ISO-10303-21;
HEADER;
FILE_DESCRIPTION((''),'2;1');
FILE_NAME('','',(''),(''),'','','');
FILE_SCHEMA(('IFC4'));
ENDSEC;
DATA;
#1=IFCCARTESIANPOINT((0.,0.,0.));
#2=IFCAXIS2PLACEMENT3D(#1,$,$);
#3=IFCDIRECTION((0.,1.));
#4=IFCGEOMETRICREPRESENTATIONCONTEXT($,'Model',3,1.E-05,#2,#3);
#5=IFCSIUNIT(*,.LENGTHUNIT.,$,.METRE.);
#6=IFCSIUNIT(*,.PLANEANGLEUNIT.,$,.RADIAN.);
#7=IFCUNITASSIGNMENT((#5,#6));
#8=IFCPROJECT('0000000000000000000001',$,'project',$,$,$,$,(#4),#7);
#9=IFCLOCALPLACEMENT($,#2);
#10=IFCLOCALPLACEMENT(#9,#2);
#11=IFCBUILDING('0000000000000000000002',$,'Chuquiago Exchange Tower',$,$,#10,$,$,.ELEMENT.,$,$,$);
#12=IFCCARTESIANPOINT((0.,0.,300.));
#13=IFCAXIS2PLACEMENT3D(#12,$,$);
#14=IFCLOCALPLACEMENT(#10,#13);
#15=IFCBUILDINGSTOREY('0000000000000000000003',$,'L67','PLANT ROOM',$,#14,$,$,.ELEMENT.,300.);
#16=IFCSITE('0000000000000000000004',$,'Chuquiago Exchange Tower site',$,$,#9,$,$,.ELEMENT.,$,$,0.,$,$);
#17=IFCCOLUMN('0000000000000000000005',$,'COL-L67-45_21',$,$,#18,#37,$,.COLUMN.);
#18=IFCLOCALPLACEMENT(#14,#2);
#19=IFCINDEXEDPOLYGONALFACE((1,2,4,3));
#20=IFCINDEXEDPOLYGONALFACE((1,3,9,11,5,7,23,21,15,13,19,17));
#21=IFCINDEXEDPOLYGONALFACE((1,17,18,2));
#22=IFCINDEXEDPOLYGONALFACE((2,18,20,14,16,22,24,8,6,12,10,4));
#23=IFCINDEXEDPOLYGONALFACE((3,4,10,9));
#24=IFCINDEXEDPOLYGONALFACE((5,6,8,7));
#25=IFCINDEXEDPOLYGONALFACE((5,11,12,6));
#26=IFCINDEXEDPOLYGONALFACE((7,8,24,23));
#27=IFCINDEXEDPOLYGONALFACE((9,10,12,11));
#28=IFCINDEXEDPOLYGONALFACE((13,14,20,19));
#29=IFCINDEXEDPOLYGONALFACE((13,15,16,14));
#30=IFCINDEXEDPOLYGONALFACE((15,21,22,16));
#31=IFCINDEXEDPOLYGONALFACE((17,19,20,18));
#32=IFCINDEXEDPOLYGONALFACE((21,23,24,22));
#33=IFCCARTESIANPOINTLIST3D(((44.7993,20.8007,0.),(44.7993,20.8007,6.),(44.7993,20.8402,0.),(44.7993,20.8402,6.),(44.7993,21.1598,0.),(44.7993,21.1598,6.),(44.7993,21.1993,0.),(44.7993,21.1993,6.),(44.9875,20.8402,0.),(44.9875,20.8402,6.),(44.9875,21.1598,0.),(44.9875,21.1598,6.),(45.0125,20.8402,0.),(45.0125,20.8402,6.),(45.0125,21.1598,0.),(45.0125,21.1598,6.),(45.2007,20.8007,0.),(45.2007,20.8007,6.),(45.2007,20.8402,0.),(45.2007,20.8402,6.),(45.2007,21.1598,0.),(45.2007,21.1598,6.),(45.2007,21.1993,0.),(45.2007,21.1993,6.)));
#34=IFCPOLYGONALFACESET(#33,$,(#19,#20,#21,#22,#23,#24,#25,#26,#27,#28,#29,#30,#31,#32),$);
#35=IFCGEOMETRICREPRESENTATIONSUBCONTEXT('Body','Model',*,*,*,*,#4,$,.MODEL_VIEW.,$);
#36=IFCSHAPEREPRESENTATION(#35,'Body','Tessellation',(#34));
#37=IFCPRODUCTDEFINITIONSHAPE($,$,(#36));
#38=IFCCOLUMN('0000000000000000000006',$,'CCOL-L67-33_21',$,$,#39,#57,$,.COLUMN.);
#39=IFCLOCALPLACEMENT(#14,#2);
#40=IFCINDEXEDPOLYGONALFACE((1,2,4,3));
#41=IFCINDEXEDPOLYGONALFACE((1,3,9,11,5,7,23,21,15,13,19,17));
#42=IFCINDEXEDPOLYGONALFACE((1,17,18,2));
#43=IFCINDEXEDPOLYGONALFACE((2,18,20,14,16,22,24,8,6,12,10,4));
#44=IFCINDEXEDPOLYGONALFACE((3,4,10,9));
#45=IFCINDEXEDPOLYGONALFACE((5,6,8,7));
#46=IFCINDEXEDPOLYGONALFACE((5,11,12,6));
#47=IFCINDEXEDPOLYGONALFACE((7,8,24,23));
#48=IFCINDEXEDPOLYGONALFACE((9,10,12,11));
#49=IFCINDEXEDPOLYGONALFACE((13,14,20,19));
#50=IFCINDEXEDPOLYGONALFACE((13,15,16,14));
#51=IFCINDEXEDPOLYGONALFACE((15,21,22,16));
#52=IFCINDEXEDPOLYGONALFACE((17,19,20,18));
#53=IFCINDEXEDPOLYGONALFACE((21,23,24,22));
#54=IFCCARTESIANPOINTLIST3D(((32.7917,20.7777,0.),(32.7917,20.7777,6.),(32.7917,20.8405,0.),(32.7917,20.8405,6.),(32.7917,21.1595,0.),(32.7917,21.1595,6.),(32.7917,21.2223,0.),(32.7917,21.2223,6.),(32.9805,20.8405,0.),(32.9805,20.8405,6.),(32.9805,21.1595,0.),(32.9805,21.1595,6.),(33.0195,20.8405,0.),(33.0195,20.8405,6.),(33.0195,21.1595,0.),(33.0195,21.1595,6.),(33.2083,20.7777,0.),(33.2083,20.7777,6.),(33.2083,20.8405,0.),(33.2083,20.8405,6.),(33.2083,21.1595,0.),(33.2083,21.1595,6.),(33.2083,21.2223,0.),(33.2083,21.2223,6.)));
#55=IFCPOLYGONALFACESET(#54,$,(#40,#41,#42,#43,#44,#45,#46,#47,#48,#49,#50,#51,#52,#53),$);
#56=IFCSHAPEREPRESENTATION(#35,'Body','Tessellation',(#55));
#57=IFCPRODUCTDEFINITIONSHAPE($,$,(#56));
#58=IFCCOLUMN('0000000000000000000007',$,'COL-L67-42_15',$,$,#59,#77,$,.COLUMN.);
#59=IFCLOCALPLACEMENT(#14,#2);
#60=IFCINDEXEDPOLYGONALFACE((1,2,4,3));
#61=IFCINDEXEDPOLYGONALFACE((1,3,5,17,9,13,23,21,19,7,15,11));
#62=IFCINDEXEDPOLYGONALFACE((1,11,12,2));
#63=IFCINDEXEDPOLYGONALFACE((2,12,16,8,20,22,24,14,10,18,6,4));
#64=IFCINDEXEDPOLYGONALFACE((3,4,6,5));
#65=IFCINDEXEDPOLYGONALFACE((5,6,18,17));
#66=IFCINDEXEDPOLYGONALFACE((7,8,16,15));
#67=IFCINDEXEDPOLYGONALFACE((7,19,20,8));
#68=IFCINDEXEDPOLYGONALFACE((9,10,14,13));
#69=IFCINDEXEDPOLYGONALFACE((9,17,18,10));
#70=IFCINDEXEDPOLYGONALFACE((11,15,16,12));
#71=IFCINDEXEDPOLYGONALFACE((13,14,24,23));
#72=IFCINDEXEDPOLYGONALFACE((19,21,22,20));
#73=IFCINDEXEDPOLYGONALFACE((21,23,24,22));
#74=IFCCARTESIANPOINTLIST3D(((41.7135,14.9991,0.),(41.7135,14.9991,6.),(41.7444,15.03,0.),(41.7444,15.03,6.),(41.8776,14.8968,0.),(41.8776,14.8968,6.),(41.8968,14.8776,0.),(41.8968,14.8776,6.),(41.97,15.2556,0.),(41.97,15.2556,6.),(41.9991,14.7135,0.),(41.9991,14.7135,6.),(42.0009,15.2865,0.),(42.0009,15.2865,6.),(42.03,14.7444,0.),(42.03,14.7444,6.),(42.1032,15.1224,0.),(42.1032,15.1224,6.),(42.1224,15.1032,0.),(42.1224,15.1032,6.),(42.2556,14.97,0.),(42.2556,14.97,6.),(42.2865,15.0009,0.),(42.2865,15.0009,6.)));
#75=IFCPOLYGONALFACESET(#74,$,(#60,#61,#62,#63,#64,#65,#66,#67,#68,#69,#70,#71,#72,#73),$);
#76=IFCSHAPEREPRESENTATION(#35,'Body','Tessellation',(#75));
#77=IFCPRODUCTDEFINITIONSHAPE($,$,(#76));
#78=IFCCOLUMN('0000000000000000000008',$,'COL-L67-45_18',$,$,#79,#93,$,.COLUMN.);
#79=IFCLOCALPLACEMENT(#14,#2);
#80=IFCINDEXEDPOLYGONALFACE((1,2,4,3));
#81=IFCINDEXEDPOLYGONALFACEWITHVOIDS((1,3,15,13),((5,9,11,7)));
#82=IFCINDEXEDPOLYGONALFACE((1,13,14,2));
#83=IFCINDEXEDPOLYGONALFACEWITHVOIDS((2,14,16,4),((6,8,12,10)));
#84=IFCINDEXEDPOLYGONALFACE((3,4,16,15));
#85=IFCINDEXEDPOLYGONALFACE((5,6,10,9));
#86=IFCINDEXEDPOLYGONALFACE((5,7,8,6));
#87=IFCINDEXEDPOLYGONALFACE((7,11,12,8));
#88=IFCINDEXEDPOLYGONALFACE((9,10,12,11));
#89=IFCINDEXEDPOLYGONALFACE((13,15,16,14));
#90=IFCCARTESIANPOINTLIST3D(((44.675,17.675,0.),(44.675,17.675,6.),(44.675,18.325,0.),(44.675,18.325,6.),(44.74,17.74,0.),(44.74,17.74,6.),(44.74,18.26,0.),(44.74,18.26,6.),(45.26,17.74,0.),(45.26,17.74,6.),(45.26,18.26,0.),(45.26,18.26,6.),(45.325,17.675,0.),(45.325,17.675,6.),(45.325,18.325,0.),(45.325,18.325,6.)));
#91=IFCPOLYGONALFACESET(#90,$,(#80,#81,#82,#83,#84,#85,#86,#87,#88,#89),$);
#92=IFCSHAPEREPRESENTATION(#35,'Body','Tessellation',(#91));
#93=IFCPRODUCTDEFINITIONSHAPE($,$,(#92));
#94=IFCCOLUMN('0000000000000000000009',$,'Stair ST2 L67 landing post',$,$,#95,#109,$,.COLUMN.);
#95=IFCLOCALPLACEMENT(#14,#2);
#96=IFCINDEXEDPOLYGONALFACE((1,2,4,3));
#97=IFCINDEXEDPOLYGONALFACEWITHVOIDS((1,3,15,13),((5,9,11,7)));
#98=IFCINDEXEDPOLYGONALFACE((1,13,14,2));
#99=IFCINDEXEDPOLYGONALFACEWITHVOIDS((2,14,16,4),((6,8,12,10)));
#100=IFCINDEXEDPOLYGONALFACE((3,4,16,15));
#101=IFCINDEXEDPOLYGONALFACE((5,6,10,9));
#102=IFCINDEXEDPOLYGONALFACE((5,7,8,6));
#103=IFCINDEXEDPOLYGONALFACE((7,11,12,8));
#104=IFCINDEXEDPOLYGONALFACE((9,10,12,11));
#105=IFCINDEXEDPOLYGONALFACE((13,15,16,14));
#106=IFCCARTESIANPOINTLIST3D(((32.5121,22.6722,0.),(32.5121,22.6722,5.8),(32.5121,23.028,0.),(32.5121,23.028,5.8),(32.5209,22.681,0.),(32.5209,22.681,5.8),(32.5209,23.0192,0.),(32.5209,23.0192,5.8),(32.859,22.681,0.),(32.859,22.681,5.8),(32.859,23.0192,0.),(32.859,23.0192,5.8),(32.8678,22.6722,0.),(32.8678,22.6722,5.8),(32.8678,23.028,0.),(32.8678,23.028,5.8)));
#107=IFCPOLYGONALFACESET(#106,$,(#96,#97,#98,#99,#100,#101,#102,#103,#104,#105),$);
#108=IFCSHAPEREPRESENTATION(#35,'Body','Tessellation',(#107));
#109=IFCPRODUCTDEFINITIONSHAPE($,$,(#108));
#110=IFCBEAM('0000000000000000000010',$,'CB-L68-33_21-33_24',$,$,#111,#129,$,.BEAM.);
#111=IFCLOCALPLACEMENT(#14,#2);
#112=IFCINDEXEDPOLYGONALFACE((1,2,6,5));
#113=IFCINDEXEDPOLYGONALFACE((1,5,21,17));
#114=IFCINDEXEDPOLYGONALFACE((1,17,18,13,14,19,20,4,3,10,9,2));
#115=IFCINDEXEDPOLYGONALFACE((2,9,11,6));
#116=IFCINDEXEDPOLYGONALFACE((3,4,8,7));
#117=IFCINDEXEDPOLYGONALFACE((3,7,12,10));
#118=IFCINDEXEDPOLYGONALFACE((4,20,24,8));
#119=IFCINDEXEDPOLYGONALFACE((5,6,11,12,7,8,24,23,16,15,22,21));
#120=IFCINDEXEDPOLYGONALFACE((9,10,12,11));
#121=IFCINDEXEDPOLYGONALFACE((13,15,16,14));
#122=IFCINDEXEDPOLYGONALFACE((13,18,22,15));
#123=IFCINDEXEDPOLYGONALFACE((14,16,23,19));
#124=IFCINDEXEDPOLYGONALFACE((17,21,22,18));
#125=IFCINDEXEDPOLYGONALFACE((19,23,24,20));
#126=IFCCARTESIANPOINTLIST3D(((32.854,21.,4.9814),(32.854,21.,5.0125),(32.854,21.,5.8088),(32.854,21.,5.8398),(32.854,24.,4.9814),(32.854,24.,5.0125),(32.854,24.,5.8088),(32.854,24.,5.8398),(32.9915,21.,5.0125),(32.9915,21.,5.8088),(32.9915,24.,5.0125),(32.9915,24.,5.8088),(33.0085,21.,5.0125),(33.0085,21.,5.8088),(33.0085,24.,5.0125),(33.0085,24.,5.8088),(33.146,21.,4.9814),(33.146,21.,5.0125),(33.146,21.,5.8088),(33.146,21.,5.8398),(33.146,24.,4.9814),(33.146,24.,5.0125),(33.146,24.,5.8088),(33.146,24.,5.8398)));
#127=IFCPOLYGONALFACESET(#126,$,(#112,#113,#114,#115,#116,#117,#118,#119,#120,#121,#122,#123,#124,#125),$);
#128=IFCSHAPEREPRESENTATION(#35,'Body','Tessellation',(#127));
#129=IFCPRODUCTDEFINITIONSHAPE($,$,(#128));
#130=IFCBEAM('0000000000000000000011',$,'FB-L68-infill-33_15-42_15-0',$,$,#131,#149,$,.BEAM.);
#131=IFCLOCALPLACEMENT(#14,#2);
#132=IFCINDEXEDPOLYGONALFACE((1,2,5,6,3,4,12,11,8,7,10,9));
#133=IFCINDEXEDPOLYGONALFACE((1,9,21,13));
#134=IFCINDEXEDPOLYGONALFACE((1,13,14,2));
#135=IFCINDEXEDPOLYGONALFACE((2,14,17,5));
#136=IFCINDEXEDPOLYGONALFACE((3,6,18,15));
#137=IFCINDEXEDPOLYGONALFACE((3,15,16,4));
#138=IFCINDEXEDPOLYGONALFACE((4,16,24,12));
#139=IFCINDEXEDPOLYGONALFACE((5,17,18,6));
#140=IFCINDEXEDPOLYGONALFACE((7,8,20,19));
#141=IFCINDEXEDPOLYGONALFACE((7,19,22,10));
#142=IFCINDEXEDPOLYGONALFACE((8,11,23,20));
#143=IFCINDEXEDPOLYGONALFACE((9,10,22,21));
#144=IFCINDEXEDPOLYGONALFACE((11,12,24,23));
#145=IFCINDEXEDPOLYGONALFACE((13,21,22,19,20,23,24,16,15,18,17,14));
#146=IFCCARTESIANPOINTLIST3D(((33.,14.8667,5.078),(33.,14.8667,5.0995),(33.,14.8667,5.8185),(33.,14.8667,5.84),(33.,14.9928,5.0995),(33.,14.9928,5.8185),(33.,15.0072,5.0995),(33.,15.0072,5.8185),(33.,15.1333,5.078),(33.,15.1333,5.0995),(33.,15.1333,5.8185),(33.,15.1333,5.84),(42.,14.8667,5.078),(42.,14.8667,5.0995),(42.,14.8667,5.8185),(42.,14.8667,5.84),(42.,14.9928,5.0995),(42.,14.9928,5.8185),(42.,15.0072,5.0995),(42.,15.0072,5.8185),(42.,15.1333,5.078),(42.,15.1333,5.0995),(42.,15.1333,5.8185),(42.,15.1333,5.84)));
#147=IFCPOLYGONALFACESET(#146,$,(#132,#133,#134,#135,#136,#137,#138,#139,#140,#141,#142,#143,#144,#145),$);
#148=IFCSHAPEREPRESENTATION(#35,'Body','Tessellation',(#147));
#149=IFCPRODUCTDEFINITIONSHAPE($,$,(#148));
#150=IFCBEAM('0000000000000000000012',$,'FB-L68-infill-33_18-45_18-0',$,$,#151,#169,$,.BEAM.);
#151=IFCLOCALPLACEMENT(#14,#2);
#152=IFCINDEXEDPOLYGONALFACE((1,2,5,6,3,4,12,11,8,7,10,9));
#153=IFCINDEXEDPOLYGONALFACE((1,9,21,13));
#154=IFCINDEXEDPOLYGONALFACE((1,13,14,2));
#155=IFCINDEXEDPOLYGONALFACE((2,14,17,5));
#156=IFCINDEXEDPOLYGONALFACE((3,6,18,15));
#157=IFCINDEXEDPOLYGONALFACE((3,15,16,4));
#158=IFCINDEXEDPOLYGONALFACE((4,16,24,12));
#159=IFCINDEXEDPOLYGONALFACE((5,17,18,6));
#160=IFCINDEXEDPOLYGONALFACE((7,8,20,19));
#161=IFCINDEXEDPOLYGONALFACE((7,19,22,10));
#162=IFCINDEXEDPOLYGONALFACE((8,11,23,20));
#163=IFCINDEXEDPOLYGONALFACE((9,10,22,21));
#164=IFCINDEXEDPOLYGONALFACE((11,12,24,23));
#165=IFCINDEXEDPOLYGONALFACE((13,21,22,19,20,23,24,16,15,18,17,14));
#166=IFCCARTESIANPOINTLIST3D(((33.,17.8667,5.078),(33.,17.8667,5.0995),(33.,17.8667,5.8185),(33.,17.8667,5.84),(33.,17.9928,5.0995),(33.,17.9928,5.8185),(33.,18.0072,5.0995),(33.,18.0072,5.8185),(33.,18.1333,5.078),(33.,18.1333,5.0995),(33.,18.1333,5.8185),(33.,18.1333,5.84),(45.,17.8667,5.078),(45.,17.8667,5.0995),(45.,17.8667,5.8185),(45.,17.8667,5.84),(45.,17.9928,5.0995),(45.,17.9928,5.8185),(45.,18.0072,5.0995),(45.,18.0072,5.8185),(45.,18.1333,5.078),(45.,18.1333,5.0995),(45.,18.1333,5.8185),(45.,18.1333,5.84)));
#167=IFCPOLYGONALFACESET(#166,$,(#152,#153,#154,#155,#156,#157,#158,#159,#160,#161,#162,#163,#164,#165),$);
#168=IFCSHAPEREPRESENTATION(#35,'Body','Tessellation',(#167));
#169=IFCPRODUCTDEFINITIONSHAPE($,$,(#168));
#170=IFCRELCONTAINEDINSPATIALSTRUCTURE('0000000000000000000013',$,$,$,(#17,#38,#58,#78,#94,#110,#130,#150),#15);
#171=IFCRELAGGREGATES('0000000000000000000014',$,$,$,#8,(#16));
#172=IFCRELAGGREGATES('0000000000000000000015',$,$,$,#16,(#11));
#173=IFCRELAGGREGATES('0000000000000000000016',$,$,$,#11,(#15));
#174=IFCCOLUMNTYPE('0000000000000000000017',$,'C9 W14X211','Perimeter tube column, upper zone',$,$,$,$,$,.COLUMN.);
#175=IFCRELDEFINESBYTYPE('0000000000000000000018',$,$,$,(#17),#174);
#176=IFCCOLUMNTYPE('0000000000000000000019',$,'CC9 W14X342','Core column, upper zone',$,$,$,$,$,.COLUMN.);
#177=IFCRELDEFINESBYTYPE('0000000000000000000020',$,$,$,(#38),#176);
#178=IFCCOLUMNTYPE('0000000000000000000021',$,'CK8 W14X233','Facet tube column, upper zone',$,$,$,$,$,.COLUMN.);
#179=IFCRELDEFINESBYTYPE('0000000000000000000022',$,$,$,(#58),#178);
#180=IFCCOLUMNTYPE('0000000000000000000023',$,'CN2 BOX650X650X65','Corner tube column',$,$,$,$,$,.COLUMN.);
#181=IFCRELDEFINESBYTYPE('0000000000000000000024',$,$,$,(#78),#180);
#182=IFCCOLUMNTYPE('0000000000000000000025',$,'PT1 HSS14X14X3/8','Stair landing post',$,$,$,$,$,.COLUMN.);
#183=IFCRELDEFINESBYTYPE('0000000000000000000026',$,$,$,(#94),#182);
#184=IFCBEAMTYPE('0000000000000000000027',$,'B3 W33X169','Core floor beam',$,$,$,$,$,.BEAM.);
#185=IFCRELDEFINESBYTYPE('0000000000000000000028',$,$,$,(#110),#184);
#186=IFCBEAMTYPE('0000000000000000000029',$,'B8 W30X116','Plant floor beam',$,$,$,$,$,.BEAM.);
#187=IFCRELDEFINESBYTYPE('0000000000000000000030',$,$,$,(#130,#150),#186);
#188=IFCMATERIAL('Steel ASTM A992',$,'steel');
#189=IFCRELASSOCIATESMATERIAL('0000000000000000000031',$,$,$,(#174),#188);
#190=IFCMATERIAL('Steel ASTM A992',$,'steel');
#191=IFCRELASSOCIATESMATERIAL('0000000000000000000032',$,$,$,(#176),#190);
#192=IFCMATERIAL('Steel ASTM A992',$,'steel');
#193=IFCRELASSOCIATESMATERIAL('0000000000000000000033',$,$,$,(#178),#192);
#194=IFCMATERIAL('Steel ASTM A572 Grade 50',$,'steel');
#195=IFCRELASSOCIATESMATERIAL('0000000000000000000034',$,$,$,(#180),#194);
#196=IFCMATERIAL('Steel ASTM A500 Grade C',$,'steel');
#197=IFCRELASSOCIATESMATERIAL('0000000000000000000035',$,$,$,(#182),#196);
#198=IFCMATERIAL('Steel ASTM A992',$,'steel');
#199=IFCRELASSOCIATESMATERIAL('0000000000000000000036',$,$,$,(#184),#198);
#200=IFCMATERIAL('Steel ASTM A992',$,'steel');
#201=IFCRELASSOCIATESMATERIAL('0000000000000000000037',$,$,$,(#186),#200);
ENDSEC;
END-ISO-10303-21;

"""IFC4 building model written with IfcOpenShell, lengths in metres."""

from ifc_helpers import new_model, si_unit, direction, frame, origin, origin_2d, place, context, subcontext, project, spatial, hollow_rectangle, i_section, extrude, material, material_profile, profile_set, type_object, element, save


model = new_model("IFC4")

# Units and contexts
model_context = context("Model", 3, precision=1e-05, world=origin(), true_north=direction((0.0, 1.0)))
body_context = subcontext(model_context, "Body", "Model", "MODEL_VIEW")
ifc_project = project(units=[si_unit("LENGTHUNIT", "METRE"), si_unit("PLANEANGLEUNIT", "RADIAN")], contexts=[model_context])

# Site, building, storey
site_placement = place(None, origin())
site = spatial("IfcSite", under=ifc_project, at=site_placement, Name="Chuquiago Exchange Tower site", CompositionType="ELEMENT", RefElevation=0.0)
building_placement = place(site_placement, origin())
building = spatial("IfcBuilding", under=site, at=building_placement, Name="Chuquiago Exchange Tower", CompositionType="ELEMENT")
storey_placement = place(building_placement, frame((0.0, 0.0, 300.0)))
storey = spatial("IfcBuildingStorey", under=building, at=storey_placement, Name="L67", Description="PLANT ROOM", CompositionType="ELEMENT", Elevation=300.0)

# Columns
ifc_material_1 = material(Name="Steel ASTM A992", Category="steel")
ifc_material_profile_1 = material_profile(ifc_material_1, i_section(OverallWidth=0.4014, OverallDepth=0.3987, WebThickness=0.0249, FlangeThickness=0.0396, at=origin_2d()), Name="W14X211")
ifc_profile_set_1 = profile_set([ifc_material_profile_1], Name="Steel ASTM A992")
column_type_1 = type_object("IfcColumnType", Name="C9 W14X211", Description="Perimeter tube column, upper zone", PredefinedType="COLUMN", material=ifc_profile_set_1)
column_1_placement = place(storey_placement, frame((45.0, 21.0, 0.0), z_axis=(0.0, 0.0, 1.0), x_axis=(1.0, 0.0, 0.0)))
element("IfcColumn", 1, at=column_1_placement, inside=storey, type_object=column_type_1, Name="COL-L67-45_21", PredefinedType="COLUMN", context=body_context, shape_type="SweptSolid", body=[
    extrude(i_section(OverallWidth=0.4014, OverallDepth=0.3987, WebThickness=0.0249, FlangeThickness=0.0396, at=origin_2d()), origin(), (0.0, 0.0, 1.0), 6.0),
])
ifc_material_2 = material(Name="Steel ASTM A992", Category="steel")
ifc_material_profile_2 = material_profile(ifc_material_2, i_section(OverallWidth=0.4165, OverallDepth=0.4446, WebThickness=0.0391, FlangeThickness=0.0627, at=origin_2d()), Name="W14X342")
ifc_profile_set_2 = profile_set([ifc_material_profile_2], Name="Steel ASTM A992")
column_type_2 = type_object("IfcColumnType", Name="CC9 W14X342", Description="Core column, upper zone", PredefinedType="COLUMN", material=ifc_profile_set_2)
column_2_placement = place(storey_placement, frame((33.0, 21.0, 0.0), z_axis=(0.0, 0.0, 1.0), x_axis=(1.0, 0.0, 0.0)))
element("IfcColumn", 2, at=column_2_placement, inside=storey, type_object=column_type_2, Name="CCOL-L67-33_21", PredefinedType="COLUMN", context=body_context, shape_type="SweptSolid", body=[
    extrude(i_section(OverallWidth=0.4165, OverallDepth=0.4446, WebThickness=0.0391, FlangeThickness=0.0627, at=origin_2d()), origin(), (0.0, 0.0, 1.0), 6.0),
])
ifc_material_3 = material(Name="Steel ASTM A992", Category="steel")
ifc_material_profile_3 = material_profile(ifc_material_3, i_section(OverallWidth=0.4038, OverallDepth=0.4065, WebThickness=0.0271, FlangeThickness=0.0437, at=origin_2d()), Name="W14X233")
ifc_profile_set_3 = profile_set([ifc_material_profile_3], Name="Steel ASTM A992")
column_type_3 = type_object("IfcColumnType", Name="CK8 W14X233", Description="Facet tube column, upper zone", PredefinedType="COLUMN", material=ifc_profile_set_3)
column_3_placement = place(storey_placement, frame((42.0, 15.0, 0.0), z_axis=(0.0, 0.0, 1.0), x_axis=(0.707107, -0.707107, 0.0)))
element("IfcColumn", 3, at=column_3_placement, inside=storey, type_object=column_type_3, Name="COL-L67-42_15", PredefinedType="COLUMN", context=body_context, shape_type="SweptSolid", body=[
    extrude(i_section(OverallWidth=0.4038, OverallDepth=0.4065, WebThickness=0.0271, FlangeThickness=0.0437, at=origin_2d()), origin(), (0.0, 0.0, 1.0), 6.0),
])
ifc_material_4 = material(Name="Steel ASTM A572 Grade 50", Category="steel")
ifc_material_profile_4 = material_profile(ifc_material_4, hollow_rectangle(XDim=0.6499, YDim=0.6499, WallThickness=0.0649, at=origin_2d()), Name="BOX650X650X65")
ifc_profile_set_4 = profile_set([ifc_material_profile_4], Name="Steel ASTM A572 Grade 50")
column_type_4 = type_object("IfcColumnType", Name="CN2 BOX650X650X65", Description="Corner tube column", PredefinedType="COLUMN", material=ifc_profile_set_4)
column_4_placement = place(storey_placement, frame((45.0, 18.0, 0.0), z_axis=(0.0, 0.0, 1.0), x_axis=(1.0, 0.0, 0.0)))
element("IfcColumn", 4, at=column_4_placement, inside=storey, type_object=column_type_4, Name="COL-L67-45_18", PredefinedType="COLUMN", context=body_context, shape_type="SweptSolid", body=[
    extrude(hollow_rectangle(XDim=0.6499, YDim=0.6499, WallThickness=0.0649, at=origin_2d()), origin(), (0.0, 0.0, 1.0), 6.0),
])
ifc_material_5 = material(Name="Steel ASTM A500 Grade C", Category="steel")
ifc_material_profile_5 = material_profile(ifc_material_5, hollow_rectangle(XDim=0.3557, YDim=0.3557, WallThickness=0.0088, at=origin_2d()), Name="HSS14X14X3/8")
ifc_profile_set_5 = profile_set([ifc_material_profile_5], Name="Steel ASTM A500 Grade C")
column_type_5 = type_object("IfcColumnType", Name="PT1 HSS14X14X3/8", Description="Stair landing post", PredefinedType="COLUMN", material=ifc_profile_set_5)
column_5_placement = place(storey_placement, frame((32.6899, 22.8501, 0.0), z_axis=(0.0, 0.0, 1.0), x_axis=(1.0, 0.0, 0.0)))
element("IfcColumn", 5, at=column_5_placement, inside=storey, type_object=column_type_5, Name="Stair ST2 L67 landing post", PredefinedType="COLUMN", context=body_context, shape_type="SweptSolid", body=[
    extrude(hollow_rectangle(XDim=0.3557, YDim=0.3557, WallThickness=0.0088, at=origin_2d()), origin(), (0.0, 0.0, 1.0), 5.8),
])

# Beams
ifc_material_6 = material(Name="Steel ASTM A992", Category="steel")
ifc_material_profile_6 = material_profile(ifc_material_6, i_section(OverallWidth=0.292, OverallDepth=0.8584, WebThickness=0.0171, FlangeThickness=0.031, at=origin_2d()), Name="W33X169")
ifc_profile_set_6 = profile_set([ifc_material_profile_6], Name="Steel ASTM A992")
beam_type_1 = type_object("IfcBeamType", Name="B3 W33X169", Description="Core floor beam", PredefinedType="BEAM", material=ifc_profile_set_6)
beam_1_placement = place(storey_placement, frame((33.0, 21.0, 5.4106), z_axis=(0.0, 1.0, 0.0), x_axis=(-1.0, 0.0, 0.0)))
element("IfcBeam", 6, at=beam_1_placement, inside=storey, type_object=beam_type_1, Name="CB-L68-33_21-33_24", PredefinedType="BEAM", context=body_context, shape_type="SweptSolid", body=[
    extrude(i_section(OverallWidth=0.292, OverallDepth=0.8584, WebThickness=0.0171, FlangeThickness=0.031, at=origin_2d()), origin(), (0.0, 0.0, 1.0), 3.0),
])
ifc_material_7 = material(Name="Steel ASTM A992", Category="steel")
ifc_material_profile_7 = material_profile(ifc_material_7, i_section(OverallWidth=0.2666, OverallDepth=0.762, WebThickness=0.0144, FlangeThickness=0.0215, at=origin_2d()), Name="W30X116")
ifc_profile_set_7 = profile_set([ifc_material_profile_7], Name="Steel ASTM A992")
beam_type_2 = type_object("IfcBeamType", Name="B8 W30X116", Description="Plant floor beam", PredefinedType="BEAM", material=ifc_profile_set_7)
beam_2_placement = place(storey_placement, frame((33.0, 15.0, 5.459), z_axis=(1.0, 0.0, 0.0), x_axis=(0.0, 1.0, 0.0)))
element("IfcBeam", 7, at=beam_2_placement, inside=storey, type_object=beam_type_2, Name="FB-L68-infill-33_15-42_15-0", PredefinedType="BEAM", context=body_context, shape_type="SweptSolid", body=[
    extrude(i_section(OverallWidth=0.2666, OverallDepth=0.762, WebThickness=0.0144, FlangeThickness=0.0215, at=origin_2d()), origin(), (0.0, 0.0, 1.0), 9.0),
])
for number, where, z_axis, x_axis, name in (
    (8, (33.0, 18.0, 5.459), (1.0, 0.0, 0.0), (0.0, 1.0, 0.0), "FB-L68-infill-33_18-45_18-0"),
):
    element("IfcBeam", number, at=place(storey_placement, frame(where, z_axis=z_axis, x_axis=x_axis)), inside=storey, type_object=beam_type_2, Name=name, PredefinedType="BEAM", context=body_context, shape_type="SweptSolid", body=[
        extrude(i_section(OverallWidth=0.2666, OverallDepth=0.762, WebThickness=0.0144, FlangeThickness=0.0215, at=origin_2d()), origin(), (0.0, 0.0, 1.0), 12.0),
    ])

save(model, "model.ifc")
